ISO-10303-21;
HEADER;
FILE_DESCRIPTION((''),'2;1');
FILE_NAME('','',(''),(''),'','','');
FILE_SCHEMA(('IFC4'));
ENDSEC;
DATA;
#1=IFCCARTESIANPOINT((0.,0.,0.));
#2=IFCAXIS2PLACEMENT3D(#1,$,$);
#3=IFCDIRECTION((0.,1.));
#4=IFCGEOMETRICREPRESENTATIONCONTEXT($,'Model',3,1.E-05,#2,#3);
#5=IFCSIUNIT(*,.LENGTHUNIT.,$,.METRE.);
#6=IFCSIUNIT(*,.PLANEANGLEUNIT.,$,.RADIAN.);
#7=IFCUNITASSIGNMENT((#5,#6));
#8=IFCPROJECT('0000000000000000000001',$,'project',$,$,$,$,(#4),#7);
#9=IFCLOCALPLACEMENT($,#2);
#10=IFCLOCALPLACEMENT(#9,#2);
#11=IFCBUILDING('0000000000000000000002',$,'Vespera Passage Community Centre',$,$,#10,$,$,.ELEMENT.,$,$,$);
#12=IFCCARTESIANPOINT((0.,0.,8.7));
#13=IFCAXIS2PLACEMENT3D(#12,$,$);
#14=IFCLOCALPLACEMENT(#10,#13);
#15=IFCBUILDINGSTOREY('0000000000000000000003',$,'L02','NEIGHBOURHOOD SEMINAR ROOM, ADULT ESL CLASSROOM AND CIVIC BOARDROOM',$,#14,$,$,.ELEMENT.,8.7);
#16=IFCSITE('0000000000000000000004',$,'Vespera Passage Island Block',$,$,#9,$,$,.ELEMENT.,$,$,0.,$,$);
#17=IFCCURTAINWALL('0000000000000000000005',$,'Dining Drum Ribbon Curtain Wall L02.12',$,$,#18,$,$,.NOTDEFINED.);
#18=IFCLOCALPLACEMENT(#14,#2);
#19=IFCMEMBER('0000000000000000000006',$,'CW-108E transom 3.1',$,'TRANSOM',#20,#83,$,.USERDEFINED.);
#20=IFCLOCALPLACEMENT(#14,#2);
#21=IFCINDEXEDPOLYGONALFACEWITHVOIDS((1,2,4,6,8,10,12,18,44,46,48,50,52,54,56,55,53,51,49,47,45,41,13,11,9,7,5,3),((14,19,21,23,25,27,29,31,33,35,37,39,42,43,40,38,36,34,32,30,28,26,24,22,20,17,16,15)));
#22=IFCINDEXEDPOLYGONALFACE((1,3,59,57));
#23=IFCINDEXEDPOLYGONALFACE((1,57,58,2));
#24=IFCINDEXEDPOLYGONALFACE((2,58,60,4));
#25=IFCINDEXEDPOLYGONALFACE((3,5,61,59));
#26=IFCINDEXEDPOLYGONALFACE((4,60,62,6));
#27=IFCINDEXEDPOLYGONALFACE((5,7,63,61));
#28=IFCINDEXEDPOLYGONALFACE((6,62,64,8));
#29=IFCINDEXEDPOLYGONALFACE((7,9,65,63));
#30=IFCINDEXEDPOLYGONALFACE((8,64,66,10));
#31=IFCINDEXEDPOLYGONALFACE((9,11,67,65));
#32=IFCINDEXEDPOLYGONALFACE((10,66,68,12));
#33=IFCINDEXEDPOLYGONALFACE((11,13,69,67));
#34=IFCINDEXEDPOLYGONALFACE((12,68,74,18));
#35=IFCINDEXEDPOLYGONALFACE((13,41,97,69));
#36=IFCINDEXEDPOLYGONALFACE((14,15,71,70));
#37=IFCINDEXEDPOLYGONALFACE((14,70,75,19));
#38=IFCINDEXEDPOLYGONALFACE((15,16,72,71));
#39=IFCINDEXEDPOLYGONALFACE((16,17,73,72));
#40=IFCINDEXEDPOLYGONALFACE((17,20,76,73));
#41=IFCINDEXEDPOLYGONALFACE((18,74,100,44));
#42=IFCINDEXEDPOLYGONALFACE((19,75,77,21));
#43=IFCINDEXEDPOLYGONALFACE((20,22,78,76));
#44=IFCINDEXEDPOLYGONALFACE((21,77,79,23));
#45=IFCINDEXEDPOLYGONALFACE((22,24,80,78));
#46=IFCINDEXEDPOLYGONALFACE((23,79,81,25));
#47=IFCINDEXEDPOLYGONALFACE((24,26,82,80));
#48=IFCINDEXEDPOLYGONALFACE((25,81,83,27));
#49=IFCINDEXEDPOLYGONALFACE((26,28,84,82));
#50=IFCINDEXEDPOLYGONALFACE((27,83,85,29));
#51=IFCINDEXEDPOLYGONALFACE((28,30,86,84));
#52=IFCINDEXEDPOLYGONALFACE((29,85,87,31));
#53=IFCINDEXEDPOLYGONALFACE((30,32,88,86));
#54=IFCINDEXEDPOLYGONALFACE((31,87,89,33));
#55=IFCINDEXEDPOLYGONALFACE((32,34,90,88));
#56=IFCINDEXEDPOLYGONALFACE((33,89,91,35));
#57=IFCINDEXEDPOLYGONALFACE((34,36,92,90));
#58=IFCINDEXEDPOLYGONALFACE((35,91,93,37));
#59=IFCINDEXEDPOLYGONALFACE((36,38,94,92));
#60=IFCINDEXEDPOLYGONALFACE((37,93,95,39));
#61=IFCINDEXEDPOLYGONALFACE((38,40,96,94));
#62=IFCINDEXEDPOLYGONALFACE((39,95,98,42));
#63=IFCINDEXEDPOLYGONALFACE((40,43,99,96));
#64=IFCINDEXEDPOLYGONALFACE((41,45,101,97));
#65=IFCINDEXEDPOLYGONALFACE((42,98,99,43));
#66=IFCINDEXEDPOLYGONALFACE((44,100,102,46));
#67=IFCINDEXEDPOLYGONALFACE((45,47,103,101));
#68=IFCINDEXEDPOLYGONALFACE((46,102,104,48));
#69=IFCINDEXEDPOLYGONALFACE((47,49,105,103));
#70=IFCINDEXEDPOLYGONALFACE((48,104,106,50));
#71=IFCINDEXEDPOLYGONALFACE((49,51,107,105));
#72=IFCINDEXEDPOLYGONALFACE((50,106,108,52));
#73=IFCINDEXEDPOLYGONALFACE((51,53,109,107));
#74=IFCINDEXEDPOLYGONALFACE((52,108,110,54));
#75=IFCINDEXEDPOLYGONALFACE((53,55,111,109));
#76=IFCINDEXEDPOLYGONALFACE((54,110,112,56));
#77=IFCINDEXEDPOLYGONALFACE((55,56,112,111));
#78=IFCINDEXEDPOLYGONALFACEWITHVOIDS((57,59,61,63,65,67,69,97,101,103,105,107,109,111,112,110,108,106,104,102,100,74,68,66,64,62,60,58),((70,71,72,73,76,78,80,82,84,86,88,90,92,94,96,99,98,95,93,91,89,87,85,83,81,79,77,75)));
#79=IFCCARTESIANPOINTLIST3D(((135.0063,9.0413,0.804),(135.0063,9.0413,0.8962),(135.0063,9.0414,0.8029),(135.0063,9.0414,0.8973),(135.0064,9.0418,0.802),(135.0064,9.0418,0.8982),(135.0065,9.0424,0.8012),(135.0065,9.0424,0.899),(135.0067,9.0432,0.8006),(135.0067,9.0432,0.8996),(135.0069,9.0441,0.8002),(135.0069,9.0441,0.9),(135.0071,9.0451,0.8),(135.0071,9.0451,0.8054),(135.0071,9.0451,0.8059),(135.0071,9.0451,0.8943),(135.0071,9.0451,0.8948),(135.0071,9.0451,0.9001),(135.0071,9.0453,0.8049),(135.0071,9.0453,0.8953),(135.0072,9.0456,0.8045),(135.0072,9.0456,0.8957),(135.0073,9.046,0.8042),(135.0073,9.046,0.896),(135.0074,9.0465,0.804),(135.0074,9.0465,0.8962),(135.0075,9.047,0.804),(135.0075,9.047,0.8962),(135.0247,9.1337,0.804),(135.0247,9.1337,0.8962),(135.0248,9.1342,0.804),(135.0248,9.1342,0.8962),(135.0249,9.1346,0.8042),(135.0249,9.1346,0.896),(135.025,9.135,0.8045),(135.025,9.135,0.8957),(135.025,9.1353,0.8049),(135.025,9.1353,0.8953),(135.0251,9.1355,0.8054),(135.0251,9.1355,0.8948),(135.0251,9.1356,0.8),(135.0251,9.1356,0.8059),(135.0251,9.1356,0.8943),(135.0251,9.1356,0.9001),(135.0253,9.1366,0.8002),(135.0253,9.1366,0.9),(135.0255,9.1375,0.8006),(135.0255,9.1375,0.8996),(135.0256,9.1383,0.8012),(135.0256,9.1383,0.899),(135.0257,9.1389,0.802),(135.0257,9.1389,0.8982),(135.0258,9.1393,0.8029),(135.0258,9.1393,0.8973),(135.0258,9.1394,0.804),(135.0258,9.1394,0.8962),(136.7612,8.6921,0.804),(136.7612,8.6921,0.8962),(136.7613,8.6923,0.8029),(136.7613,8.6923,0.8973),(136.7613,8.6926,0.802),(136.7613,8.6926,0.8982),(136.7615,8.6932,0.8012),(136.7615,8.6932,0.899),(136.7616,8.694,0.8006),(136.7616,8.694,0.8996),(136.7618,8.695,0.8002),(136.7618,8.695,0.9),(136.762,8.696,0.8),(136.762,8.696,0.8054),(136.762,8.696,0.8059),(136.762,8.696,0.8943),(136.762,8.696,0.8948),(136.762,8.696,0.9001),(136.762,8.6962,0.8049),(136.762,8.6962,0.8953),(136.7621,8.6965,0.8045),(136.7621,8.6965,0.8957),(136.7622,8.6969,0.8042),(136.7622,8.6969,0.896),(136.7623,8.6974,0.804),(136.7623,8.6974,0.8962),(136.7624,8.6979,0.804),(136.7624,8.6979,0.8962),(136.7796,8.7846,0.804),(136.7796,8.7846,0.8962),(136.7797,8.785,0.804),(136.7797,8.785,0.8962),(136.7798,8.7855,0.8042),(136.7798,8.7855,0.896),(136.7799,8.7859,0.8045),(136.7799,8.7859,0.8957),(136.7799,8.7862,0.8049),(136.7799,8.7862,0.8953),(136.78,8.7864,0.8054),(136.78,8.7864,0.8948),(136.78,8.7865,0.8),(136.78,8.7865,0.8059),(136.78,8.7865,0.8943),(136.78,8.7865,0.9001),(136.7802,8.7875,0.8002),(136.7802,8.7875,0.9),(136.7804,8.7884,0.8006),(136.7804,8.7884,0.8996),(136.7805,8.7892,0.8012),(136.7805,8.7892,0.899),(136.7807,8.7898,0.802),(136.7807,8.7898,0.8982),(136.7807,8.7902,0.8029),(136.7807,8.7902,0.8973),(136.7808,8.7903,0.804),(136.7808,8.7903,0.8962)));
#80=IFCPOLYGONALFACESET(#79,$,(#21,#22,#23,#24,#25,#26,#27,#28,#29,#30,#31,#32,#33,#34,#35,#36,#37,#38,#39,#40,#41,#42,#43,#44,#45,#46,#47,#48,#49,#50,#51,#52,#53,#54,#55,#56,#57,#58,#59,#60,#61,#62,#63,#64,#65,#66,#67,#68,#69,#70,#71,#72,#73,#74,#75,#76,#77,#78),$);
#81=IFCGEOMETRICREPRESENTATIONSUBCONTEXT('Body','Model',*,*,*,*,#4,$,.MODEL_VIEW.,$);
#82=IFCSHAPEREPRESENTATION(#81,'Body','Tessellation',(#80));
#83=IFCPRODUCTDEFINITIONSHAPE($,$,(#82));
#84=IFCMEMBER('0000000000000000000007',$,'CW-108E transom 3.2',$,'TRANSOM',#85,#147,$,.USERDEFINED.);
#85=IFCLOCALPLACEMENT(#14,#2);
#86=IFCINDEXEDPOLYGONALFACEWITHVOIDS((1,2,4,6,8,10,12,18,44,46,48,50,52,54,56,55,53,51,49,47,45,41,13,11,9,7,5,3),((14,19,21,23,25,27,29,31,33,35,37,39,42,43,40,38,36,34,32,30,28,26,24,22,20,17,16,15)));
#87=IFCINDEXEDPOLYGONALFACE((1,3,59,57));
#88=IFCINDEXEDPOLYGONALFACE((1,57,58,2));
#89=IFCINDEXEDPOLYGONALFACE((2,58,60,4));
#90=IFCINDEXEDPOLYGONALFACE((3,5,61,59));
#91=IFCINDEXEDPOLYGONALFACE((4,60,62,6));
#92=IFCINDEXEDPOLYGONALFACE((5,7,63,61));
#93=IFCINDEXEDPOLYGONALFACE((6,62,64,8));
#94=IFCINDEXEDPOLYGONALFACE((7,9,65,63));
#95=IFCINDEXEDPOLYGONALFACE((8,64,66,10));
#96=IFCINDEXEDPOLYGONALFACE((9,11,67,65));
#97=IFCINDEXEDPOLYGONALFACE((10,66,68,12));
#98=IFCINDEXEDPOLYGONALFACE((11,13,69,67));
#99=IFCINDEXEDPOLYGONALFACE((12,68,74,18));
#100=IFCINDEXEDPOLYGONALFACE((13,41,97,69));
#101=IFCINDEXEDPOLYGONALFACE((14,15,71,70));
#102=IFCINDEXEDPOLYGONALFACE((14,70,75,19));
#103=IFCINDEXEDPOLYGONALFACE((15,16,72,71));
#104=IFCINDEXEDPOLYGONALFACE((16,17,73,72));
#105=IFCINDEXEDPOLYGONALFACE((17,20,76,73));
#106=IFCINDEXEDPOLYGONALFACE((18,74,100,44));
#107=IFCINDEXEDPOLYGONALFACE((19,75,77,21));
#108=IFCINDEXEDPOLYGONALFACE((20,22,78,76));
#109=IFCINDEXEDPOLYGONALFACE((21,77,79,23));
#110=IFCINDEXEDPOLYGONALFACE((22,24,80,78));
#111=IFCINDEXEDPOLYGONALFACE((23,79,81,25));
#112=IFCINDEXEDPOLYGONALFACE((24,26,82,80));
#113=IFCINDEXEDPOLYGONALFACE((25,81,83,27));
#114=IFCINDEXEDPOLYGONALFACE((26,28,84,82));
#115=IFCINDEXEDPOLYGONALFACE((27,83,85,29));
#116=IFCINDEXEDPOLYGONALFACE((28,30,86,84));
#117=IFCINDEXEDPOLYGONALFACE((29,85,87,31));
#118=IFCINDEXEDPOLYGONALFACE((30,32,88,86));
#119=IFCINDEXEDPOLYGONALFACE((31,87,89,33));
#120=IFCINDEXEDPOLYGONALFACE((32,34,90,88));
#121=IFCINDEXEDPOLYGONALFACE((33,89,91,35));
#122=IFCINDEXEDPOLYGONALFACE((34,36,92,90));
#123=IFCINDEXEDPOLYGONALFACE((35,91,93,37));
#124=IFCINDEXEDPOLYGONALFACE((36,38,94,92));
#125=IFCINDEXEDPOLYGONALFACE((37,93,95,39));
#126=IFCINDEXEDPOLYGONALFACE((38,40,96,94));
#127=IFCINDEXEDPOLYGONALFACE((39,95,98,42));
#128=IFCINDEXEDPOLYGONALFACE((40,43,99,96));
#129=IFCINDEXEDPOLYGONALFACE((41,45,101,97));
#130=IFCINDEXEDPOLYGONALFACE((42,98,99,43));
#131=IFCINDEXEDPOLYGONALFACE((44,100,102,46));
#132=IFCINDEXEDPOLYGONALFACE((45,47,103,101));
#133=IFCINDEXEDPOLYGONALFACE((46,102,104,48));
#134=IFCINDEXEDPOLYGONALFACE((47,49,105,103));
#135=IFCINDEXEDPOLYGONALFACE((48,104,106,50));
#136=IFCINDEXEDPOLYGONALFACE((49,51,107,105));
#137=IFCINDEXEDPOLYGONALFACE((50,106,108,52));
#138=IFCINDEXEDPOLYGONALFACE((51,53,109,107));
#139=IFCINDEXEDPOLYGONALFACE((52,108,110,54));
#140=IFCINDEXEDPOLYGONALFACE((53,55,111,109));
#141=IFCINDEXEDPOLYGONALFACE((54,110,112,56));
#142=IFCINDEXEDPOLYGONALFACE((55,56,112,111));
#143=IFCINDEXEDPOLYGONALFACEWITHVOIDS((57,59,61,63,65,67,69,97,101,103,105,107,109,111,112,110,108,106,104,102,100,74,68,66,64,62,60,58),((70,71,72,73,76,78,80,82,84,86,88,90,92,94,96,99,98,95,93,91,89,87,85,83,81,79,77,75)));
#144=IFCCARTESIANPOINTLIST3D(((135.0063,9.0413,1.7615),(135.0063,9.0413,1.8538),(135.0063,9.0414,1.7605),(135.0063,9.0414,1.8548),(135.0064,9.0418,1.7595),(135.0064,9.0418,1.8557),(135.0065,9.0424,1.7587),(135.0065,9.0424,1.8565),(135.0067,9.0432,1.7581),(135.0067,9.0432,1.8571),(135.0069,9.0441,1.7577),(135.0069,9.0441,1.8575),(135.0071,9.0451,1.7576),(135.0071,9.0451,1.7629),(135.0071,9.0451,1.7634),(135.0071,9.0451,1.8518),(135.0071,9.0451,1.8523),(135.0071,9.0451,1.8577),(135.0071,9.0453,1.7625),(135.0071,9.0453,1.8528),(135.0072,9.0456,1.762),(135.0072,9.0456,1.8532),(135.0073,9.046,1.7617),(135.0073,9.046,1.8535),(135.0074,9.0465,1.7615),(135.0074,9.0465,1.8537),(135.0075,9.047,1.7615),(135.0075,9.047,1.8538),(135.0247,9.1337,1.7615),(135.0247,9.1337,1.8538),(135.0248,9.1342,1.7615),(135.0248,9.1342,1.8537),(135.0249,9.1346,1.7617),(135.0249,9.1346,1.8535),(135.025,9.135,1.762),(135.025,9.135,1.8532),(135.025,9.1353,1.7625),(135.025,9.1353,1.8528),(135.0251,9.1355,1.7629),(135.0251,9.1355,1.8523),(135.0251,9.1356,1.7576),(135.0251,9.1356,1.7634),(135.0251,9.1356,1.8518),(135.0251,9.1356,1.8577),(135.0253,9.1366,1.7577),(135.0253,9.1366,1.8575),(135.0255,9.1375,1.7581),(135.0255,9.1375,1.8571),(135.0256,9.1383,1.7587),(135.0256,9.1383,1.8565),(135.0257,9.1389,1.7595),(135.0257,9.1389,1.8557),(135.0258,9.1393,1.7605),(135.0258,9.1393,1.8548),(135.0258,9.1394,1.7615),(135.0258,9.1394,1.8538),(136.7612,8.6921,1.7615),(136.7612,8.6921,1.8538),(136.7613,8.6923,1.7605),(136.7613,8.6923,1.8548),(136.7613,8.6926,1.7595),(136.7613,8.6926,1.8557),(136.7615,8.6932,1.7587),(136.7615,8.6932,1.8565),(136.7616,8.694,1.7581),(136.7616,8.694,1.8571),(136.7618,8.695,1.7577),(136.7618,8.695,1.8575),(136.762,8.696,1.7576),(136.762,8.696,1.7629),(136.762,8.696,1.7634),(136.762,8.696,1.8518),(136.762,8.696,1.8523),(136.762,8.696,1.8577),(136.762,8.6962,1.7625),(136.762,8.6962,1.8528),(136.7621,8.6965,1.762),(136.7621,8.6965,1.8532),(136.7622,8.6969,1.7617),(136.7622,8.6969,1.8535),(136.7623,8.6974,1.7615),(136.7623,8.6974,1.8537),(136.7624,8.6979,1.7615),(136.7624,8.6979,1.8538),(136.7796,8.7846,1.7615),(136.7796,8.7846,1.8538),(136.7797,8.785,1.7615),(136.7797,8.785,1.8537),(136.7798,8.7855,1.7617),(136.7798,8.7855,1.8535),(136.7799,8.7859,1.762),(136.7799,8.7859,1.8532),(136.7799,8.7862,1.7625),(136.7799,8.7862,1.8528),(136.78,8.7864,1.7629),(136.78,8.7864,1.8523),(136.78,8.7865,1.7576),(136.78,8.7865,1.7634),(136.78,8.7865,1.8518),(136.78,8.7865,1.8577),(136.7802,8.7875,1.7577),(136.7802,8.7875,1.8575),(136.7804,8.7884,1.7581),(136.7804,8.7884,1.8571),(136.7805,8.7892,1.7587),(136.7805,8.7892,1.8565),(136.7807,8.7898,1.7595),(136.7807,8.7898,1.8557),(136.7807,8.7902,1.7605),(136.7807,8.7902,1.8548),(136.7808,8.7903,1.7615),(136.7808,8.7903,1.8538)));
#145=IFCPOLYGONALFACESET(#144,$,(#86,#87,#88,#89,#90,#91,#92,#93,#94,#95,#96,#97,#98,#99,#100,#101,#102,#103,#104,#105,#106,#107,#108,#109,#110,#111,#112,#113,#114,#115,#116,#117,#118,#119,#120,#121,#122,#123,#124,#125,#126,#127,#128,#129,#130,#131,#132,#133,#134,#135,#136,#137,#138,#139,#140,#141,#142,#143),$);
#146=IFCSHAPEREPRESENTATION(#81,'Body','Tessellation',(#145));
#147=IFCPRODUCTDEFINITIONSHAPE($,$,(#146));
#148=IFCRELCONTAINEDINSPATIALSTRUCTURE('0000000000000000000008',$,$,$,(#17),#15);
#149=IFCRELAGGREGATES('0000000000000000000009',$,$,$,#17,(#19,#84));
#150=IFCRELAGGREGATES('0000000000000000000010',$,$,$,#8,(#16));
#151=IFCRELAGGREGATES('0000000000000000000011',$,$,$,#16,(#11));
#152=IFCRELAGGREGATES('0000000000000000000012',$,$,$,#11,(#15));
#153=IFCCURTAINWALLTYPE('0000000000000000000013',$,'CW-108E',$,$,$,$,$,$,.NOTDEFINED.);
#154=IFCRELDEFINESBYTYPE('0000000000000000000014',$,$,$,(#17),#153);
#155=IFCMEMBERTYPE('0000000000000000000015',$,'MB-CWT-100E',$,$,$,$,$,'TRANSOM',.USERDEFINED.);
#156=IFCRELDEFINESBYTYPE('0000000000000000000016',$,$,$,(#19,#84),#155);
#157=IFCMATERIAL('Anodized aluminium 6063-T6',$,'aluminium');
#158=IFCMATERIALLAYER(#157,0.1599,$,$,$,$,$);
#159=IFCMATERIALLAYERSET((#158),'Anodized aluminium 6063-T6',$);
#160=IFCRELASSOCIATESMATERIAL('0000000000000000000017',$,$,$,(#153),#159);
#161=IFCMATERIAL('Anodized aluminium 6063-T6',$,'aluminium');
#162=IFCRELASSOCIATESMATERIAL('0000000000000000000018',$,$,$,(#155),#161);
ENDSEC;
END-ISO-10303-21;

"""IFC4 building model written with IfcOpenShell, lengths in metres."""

from ifc_helpers import new_model, si_unit, direction, frame, origin, origin_2d, place, context, subcontext, project, spatial, hollow_rectangle, extrude, material, layer, layer_set, material_profile, profile_set, type_object, element, aggregate, save


model = new_model("IFC4")

# Units and contexts
model_context = context("Model", 3, precision=1e-05, world=origin(), true_north=direction((0.0, 1.0)))
body_context = subcontext(model_context, "Body", "Model", "MODEL_VIEW")
ifc_project = project(units=[si_unit("LENGTHUNIT", "METRE"), si_unit("PLANEANGLEUNIT", "RADIAN")], contexts=[model_context])

# Site, building, storey
site_placement = place(None, origin())
site = spatial("IfcSite", under=ifc_project, at=site_placement, Name="Vespera Passage Island Block", CompositionType="ELEMENT", RefElevation=0.0)
building_placement = place(site_placement, origin())
building = spatial("IfcBuilding", under=site, at=building_placement, Name="Vespera Passage Community Centre", CompositionType="ELEMENT")
storey_placement = place(building_placement, frame((0.0, 0.0, 8.7)))
storey = spatial("IfcBuildingStorey", under=building, at=storey_placement, Name="L02", Description="NEIGHBOURHOOD SEMINAR ROOM, ADULT ESL CLASSROOM AND CIVIC BOARDROOM", CompositionType="ELEMENT", Elevation=8.7)

# Curtain wall
ifc_material_1 = material(Name="Anodized aluminium 6063-T6", Category="aluminium")
ifc_layer_1 = layer(ifc_material_1, 0.1599)
ifc_layer_set_1 = layer_set([ifc_layer_1], Name="Anodized aluminium 6063-T6")
curtain_wall_type_1 = type_object("IfcCurtainWallType", Name="CW-108E", PredefinedType="NOTDEFINED", material=ifc_layer_set_1)
curtain_wall_1_placement = place(storey_placement, origin())
curtain_wall_1 = element("IfcCurtainWall", 1, at=curtain_wall_1_placement, inside=storey, type_object=curtain_wall_type_1, Name="Dining Drum Ribbon Curtain Wall L02.12", PredefinedType="NOTDEFINED")

# Members
ifc_material_2 = material(Name="Anodized aluminium 6063-T6", Category="aluminium")
ifc_material_profile_1 = material_profile(ifc_material_2, hollow_rectangle(XDim=0.1001, YDim=0.1001, WallThickness=0.0039, InnerFilletRadius=0.002, OuterFilletRadius=0.0039, at=origin_2d()), Name="ALU100X100X4")
ifc_profile_set_1 = profile_set([ifc_material_profile_1], Name="Anodized aluminium 6063-T6")
member_type_1 = type_object("IfcMemberType", Name="MB-CWT-100E", ElementType="TRANSOM", PredefinedType="USERDEFINED", material=ifc_profile_set_1)
member_1_placement = place(storey_placement, frame((136.771, 8.7412, 0.8501), z_axis=(-0.98078, 0.195119, 0.0), x_axis=(-0.195119, -0.98078, 0.0)))
member_1 = element("IfcMember", 2, at=member_1_placement, type_object=member_type_1, Name="CW-108E transom 3.1", ObjectType="TRANSOM", PredefinedType="USERDEFINED", context=body_context, shape_type="SweptSolid", body=[
    extrude(hollow_rectangle(XDim=0.1001, YDim=0.1001, WallThickness=0.0039, InnerFilletRadius=0.002, OuterFilletRadius=0.0039, at=origin_2d()), origin(), (0.0, 0.0, 1.0), 1.7893),
])
member_2_placement = place(storey_placement, frame((136.771, 8.7412, 1.8076), z_axis=(-0.98078, 0.195119, 0.0), x_axis=(-0.195119, -0.98078, 0.0)))
member_2 = element("IfcMember", 3, at=member_2_placement, type_object=member_type_1, Name="CW-108E transom 3.2", ObjectType="TRANSOM", PredefinedType="USERDEFINED", context=body_context, shape_type="SweptSolid", body=[
    extrude(hollow_rectangle(XDim=0.1001, YDim=0.1001, WallThickness=0.0039, InnerFilletRadius=0.002, OuterFilletRadius=0.0039, at=origin_2d()), origin(), (0.0, 0.0, 1.0), 1.7893),
])

aggregate(curtain_wall_1, [member_1, member_2])

save(model, "model.ifc")
